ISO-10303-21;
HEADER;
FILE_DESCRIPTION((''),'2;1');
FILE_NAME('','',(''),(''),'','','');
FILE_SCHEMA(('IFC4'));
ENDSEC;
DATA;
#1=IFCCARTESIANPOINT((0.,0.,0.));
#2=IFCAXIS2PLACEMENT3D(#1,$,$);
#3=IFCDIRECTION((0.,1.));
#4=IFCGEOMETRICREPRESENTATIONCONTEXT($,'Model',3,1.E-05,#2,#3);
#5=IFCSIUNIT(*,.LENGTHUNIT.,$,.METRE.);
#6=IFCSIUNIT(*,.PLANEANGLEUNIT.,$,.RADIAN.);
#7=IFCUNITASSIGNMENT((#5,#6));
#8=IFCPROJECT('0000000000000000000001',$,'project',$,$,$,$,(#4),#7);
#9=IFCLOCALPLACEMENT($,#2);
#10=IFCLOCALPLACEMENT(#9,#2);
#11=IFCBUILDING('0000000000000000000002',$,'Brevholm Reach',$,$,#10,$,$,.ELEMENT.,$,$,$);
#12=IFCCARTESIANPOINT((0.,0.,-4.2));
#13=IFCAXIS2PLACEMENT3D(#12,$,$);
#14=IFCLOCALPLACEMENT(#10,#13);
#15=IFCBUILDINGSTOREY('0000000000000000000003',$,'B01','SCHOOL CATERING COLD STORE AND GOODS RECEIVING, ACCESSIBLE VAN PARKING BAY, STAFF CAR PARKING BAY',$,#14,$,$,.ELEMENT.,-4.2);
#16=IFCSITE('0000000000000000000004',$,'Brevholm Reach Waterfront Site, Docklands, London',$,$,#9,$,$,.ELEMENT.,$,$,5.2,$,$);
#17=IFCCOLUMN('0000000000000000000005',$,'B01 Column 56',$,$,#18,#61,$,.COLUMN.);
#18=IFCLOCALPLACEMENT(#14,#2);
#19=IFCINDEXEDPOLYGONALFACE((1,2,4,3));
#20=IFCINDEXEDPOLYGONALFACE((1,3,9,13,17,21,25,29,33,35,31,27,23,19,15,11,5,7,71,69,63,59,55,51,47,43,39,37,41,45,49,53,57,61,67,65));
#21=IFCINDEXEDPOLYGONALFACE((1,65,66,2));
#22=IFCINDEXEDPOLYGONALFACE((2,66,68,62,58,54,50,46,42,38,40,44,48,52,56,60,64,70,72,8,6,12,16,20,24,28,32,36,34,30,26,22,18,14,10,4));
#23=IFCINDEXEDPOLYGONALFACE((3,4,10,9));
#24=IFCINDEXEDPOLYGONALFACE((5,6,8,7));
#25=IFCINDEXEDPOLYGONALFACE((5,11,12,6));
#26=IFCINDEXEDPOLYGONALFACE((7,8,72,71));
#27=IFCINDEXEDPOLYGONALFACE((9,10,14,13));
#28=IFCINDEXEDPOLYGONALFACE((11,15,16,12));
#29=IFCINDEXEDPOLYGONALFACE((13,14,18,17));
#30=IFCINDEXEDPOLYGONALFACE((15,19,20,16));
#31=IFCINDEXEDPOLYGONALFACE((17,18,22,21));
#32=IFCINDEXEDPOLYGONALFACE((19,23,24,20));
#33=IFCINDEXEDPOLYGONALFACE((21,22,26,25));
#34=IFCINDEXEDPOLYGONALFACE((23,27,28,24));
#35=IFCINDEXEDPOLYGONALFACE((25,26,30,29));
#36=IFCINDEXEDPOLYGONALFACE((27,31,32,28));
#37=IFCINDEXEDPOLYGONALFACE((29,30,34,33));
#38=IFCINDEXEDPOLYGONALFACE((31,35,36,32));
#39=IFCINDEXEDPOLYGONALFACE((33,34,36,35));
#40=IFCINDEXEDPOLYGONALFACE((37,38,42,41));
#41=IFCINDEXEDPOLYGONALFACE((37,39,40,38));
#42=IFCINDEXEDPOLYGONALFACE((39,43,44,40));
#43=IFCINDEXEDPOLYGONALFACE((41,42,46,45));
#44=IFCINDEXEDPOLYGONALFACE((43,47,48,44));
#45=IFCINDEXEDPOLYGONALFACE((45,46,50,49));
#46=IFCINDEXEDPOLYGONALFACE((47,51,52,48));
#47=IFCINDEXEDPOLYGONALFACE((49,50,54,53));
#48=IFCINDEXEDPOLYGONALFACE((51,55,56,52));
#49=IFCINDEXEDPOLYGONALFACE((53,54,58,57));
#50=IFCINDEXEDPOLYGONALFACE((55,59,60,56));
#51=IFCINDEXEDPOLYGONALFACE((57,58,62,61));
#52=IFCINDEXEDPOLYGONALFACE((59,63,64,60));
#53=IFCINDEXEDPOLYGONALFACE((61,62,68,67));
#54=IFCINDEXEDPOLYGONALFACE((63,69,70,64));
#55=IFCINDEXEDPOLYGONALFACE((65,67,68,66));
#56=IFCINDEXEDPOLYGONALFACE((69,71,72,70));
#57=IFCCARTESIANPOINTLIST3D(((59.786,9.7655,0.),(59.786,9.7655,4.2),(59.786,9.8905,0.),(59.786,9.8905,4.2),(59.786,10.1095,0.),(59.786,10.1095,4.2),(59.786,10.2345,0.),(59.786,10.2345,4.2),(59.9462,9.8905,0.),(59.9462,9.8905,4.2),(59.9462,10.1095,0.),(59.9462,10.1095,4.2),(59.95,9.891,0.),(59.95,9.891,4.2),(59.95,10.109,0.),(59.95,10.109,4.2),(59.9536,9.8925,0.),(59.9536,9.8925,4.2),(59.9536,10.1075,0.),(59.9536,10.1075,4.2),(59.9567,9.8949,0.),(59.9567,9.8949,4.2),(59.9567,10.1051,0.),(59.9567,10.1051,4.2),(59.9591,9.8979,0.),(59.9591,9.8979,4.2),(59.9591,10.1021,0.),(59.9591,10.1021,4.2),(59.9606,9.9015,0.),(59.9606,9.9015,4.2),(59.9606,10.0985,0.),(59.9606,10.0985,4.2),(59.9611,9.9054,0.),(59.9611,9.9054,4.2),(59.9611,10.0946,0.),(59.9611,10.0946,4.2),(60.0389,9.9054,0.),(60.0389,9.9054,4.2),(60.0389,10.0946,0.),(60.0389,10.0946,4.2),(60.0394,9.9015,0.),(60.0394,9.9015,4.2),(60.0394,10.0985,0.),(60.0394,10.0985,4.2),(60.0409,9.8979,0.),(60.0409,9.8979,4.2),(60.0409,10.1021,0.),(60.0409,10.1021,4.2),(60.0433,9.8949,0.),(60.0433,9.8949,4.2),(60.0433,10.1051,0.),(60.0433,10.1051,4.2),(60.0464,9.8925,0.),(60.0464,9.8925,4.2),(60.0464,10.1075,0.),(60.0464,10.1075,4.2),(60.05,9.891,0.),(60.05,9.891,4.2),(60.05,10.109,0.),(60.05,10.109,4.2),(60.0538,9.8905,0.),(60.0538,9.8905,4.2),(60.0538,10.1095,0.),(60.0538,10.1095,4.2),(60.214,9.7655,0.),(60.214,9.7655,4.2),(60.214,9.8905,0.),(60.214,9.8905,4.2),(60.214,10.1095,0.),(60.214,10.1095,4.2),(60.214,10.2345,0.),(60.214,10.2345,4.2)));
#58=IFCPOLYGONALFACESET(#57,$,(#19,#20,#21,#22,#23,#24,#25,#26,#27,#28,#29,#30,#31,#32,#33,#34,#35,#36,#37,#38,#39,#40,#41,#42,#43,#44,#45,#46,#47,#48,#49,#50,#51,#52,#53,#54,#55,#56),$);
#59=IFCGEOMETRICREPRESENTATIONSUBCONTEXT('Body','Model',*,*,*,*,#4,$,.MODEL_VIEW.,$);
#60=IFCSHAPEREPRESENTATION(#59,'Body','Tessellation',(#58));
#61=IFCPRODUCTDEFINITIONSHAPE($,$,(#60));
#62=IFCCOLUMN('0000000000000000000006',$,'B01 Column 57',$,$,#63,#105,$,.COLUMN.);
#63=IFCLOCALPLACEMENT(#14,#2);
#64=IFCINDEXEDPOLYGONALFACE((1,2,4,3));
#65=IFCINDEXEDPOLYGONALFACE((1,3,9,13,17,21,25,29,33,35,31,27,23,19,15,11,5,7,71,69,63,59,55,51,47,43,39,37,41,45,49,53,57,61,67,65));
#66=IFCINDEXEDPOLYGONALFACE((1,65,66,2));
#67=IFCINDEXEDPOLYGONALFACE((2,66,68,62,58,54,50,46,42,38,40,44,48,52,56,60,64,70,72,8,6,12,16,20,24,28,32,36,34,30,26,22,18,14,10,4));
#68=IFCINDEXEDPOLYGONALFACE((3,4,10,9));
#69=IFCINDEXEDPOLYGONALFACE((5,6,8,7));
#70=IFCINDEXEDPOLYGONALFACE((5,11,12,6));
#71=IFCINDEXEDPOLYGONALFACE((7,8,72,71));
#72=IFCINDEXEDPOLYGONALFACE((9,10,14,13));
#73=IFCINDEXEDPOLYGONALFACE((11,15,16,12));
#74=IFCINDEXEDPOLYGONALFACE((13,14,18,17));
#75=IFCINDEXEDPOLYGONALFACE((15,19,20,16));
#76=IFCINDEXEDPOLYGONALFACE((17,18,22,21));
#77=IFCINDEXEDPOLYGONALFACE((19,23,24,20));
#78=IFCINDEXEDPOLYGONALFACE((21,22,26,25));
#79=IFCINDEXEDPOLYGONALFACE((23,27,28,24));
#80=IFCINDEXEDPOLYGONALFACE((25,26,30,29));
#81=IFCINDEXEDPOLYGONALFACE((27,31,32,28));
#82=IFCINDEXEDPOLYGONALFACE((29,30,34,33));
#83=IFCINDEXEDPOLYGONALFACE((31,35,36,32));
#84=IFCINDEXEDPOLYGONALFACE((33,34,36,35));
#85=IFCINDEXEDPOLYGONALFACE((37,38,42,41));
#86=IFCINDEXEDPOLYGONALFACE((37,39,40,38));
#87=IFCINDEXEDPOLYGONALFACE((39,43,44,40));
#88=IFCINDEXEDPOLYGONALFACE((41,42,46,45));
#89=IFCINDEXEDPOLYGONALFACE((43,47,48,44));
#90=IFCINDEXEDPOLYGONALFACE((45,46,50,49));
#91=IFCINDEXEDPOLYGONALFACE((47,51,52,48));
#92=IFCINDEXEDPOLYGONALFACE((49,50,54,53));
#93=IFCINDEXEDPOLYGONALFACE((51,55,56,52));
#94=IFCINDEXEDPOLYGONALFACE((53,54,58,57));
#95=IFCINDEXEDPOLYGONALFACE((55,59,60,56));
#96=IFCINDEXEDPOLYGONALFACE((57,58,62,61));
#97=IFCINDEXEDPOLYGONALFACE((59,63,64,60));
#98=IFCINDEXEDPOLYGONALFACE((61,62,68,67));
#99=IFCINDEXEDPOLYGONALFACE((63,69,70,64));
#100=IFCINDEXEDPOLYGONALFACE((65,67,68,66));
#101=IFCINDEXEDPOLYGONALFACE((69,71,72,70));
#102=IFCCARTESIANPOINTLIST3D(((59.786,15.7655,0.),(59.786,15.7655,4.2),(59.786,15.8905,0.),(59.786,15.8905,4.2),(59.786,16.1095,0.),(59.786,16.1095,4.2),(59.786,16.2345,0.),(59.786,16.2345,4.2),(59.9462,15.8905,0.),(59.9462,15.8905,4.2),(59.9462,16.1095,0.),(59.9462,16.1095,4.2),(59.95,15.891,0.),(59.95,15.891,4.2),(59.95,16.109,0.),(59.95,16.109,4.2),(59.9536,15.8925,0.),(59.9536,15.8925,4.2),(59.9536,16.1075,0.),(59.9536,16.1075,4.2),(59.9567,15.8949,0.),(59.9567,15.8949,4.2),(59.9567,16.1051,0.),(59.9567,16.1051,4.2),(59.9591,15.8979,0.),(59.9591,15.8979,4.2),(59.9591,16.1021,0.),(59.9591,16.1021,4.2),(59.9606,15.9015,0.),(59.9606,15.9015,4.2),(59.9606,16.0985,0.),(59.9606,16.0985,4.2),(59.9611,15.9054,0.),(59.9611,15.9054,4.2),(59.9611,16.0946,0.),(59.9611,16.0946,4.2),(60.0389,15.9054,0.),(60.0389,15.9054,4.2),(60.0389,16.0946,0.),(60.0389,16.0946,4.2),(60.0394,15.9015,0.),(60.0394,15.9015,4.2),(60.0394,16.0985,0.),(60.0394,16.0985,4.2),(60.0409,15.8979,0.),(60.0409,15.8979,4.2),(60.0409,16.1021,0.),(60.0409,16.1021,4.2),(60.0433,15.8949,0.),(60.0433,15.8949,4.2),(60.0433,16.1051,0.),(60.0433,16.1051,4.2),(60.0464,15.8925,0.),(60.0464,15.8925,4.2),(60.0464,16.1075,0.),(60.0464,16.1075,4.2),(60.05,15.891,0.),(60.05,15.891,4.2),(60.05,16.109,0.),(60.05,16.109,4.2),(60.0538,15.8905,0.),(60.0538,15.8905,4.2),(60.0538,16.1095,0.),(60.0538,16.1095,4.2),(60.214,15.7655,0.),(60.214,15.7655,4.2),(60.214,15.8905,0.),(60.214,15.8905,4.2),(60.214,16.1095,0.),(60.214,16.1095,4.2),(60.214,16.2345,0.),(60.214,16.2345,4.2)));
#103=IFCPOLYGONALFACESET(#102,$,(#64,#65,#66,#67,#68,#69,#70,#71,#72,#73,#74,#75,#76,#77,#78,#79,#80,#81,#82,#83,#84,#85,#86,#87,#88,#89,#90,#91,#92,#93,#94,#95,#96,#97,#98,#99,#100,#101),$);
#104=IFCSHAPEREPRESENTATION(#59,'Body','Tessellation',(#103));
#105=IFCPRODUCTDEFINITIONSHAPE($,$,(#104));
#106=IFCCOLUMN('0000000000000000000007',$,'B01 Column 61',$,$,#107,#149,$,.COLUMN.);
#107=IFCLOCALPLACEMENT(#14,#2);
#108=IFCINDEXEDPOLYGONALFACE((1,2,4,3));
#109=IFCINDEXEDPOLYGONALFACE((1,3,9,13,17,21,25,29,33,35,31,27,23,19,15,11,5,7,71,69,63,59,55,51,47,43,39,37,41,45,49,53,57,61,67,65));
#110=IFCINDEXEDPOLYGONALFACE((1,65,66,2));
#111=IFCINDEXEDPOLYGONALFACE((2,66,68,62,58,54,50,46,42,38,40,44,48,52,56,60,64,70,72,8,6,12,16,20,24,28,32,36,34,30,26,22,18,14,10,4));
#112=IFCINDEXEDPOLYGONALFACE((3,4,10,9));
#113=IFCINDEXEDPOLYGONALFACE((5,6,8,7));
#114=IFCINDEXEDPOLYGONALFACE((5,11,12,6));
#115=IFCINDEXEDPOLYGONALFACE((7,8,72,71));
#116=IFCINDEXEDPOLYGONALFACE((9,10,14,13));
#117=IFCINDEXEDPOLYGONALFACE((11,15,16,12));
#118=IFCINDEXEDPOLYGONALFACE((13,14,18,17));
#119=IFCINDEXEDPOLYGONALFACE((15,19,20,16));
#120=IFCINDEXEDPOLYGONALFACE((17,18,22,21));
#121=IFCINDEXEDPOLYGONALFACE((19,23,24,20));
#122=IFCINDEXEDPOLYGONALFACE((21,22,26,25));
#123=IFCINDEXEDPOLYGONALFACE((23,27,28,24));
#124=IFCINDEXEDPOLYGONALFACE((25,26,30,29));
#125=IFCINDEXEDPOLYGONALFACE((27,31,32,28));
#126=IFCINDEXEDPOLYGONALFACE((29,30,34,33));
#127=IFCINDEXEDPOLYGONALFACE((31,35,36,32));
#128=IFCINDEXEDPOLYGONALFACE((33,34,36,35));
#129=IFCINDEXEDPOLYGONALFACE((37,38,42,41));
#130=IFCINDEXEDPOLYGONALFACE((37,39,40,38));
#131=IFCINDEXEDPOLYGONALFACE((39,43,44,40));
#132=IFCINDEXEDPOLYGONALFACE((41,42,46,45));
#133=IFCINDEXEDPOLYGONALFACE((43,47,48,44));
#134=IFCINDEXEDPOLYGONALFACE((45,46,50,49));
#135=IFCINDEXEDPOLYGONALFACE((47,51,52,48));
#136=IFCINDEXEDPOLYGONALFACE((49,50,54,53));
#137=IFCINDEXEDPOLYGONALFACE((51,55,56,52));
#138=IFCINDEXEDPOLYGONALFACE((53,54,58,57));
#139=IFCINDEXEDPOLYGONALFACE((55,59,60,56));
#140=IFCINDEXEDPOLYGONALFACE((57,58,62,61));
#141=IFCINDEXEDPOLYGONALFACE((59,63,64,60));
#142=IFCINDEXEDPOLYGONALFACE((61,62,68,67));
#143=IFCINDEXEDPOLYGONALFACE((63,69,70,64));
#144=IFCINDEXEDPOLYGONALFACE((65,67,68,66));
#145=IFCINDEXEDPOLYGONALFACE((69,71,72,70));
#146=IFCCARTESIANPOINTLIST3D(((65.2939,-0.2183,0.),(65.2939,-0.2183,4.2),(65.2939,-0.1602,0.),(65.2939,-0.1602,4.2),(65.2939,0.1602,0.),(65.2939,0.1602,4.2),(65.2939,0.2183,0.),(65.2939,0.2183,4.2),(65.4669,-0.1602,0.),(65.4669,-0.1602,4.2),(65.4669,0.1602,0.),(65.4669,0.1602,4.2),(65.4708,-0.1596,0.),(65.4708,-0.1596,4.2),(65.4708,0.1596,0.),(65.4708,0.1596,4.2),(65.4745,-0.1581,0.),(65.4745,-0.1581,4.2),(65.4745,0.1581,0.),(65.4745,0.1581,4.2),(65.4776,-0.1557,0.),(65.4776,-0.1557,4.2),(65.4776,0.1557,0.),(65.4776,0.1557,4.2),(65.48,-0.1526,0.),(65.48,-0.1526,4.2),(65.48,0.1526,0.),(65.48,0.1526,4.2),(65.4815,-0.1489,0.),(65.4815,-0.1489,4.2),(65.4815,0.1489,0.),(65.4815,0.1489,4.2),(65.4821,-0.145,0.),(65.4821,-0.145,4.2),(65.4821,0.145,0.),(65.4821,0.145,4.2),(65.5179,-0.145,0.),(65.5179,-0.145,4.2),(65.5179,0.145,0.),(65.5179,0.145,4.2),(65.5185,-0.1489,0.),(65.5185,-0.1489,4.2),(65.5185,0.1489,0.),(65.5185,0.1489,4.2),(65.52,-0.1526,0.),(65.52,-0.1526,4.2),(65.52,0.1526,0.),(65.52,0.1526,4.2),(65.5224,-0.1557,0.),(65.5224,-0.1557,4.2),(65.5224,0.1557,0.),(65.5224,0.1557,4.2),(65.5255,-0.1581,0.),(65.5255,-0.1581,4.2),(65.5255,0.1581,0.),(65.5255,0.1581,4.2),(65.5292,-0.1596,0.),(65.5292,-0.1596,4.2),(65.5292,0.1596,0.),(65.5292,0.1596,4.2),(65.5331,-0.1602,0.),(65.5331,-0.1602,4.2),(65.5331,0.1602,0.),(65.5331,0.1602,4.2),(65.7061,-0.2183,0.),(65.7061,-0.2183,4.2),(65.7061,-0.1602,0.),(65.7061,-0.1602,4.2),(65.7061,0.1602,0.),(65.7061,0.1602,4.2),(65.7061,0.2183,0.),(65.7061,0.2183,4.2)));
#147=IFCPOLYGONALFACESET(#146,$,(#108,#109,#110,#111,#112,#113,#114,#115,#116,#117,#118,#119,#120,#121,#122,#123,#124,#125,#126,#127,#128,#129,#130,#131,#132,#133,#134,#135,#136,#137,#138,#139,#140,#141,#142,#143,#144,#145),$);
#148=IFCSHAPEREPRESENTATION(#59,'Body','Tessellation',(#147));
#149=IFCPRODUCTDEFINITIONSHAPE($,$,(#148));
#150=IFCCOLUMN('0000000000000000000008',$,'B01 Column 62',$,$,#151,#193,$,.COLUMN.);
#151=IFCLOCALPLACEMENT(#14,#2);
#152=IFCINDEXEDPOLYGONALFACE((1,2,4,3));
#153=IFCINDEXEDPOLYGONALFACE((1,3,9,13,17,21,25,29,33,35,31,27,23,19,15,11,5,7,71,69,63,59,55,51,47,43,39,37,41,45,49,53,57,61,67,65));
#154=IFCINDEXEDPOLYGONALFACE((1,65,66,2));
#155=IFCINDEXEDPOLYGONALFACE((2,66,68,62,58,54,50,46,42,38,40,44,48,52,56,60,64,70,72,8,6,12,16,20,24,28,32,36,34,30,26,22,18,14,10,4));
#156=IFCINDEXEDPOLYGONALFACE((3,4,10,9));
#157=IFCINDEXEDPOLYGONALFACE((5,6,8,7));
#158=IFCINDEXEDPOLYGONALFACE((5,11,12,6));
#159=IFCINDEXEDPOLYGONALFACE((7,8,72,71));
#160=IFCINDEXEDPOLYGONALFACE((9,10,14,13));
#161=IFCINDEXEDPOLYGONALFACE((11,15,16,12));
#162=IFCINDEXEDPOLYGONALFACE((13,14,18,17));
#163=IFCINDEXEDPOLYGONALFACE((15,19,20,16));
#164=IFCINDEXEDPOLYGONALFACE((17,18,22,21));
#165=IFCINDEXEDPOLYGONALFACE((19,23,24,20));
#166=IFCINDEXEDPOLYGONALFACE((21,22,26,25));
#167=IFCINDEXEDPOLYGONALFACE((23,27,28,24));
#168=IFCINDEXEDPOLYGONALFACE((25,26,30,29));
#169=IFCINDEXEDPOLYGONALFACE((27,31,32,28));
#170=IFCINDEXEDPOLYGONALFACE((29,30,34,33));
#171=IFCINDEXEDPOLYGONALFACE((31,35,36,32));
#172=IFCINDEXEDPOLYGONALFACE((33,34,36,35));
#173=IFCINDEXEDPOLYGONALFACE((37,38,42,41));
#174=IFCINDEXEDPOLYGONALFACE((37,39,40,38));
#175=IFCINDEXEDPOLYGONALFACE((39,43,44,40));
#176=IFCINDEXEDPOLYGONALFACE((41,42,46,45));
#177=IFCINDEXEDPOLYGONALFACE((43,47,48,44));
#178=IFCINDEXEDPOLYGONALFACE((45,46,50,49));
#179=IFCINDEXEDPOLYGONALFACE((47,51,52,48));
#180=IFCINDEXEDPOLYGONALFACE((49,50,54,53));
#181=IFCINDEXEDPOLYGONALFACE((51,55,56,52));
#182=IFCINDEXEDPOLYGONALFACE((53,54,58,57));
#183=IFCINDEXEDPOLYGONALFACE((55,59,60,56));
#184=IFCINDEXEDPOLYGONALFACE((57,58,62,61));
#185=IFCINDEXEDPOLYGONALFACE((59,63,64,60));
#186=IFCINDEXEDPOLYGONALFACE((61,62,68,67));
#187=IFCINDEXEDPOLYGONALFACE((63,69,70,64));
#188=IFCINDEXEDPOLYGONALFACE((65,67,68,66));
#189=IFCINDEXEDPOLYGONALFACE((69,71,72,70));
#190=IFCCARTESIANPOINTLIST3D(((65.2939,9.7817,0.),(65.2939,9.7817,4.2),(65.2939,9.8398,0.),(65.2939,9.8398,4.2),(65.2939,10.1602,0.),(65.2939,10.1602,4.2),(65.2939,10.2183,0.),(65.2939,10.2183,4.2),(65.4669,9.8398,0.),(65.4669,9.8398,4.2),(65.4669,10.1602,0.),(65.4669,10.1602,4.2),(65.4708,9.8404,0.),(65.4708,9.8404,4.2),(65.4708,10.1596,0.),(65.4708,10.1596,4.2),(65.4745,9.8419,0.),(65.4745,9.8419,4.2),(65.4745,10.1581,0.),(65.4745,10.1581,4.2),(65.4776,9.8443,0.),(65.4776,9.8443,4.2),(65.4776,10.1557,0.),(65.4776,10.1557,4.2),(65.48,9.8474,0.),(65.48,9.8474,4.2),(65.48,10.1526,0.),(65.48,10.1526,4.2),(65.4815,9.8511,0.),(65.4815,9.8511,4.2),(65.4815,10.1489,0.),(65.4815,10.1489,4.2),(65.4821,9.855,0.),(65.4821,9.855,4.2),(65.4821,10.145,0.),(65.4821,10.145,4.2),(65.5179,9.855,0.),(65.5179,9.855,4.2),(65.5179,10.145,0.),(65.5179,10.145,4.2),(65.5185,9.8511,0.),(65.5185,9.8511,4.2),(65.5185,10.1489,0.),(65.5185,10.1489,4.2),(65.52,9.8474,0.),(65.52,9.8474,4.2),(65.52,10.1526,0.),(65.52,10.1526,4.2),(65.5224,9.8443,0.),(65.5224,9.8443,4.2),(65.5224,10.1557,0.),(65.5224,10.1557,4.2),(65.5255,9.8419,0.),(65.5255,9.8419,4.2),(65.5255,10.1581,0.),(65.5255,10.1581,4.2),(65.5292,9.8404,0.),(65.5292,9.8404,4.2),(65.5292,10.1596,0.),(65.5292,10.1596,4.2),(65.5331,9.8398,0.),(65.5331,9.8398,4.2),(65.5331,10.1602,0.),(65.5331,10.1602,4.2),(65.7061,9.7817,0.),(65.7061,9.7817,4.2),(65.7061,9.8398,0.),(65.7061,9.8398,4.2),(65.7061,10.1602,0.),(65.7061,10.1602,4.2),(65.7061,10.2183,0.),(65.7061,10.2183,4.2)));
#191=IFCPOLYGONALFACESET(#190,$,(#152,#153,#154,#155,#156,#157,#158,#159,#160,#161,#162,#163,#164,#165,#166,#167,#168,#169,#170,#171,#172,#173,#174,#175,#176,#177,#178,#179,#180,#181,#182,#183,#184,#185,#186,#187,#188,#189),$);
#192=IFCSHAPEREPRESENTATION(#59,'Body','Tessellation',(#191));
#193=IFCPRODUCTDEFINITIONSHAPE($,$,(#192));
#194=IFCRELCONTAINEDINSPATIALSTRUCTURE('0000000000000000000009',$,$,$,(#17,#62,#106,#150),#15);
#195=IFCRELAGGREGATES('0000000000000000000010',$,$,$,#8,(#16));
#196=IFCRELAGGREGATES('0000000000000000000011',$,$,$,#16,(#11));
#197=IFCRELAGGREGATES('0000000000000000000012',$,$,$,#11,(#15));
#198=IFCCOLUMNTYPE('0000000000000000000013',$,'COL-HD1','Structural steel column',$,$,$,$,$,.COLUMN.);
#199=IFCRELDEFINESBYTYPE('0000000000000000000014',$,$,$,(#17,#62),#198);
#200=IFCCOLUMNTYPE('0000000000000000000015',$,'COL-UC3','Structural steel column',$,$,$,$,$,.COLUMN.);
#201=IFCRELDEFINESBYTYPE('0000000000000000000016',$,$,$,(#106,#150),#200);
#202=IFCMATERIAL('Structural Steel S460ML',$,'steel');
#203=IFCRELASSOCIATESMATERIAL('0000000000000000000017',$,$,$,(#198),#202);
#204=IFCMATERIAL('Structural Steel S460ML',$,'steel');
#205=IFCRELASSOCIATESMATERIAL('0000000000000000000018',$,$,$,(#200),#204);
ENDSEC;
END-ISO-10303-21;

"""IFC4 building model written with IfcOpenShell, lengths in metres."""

from ifc_helpers import new_model, si_unit, direction, frame, origin, origin_2d, place, context, subcontext, project, spatial, i_section, extrude, material, material_profile, profile_set, type_object, element, save


model = new_model("IFC4")

# Units and contexts
model_context = context("Model", 3, precision=1e-05, world=origin(), true_north=direction((0.0, 1.0)))
body_context = subcontext(model_context, "Body", "Model", "MODEL_VIEW")
ifc_project = project(units=[si_unit("LENGTHUNIT", "METRE"), si_unit("PLANEANGLEUNIT", "RADIAN")], contexts=[model_context])

# Site, building, storey
site_placement = place(None, origin())
site = spatial("IfcSite", under=ifc_project, at=site_placement, Name="Brevholm Reach Waterfront Site, Docklands, London", CompositionType="ELEMENT", RefElevation=5.2)
building_placement = place(site_placement, origin())
building = spatial("IfcBuilding", under=site, at=building_placement, Name="Brevholm Reach", CompositionType="ELEMENT")
storey_placement = place(building_placement, frame((0.0, 0.0, -4.2)))
storey = spatial("IfcBuildingStorey", under=building, at=storey_placement, Name="B01", Description="SCHOOL CATERING COLD STORE AND GOODS RECEIVING, ACCESSIBLE VAN PARKING BAY, STAFF CAR PARKING BAY", CompositionType="ELEMENT", Elevation=-4.2)

# Columns
ifc_material_1 = material(Name="Structural Steel S460ML", Category="steel")
ifc_material_profile_1 = material_profile(ifc_material_1, i_section(OverallWidth=0.428, OverallDepth=0.469, WebThickness=0.0779, FlangeThickness=0.125, FilletRadius=0.0149, at=origin_2d()), Name="HD 400x1086")
ifc_profile_set_1 = profile_set([ifc_material_profile_1], Name="Structural Steel S460ML")
column_type_1 = type_object("IfcColumnType", Name="COL-HD1", Description="Structural steel column", PredefinedType="COLUMN", material=ifc_profile_set_1)
for number, where, z_axis, x_axis, name in (
    (1, (60.0, 10.0, 0.0), (0.0, 0.0, 1.0), (1.0, 0.0, 0.0), "B01 Column 56"),
    (2, (60.0, 16.0, 0.0), (0.0, 0.0, 1.0), (1.0, 0.0, 0.0), "B01 Column 57"),
):
    element("IfcColumn", number, at=place(storey_placement, frame(where, z_axis=z_axis, x_axis=x_axis)), inside=storey, type_object=column_type_1, Name=name, PredefinedType="COLUMN", context=body_context, shape_type="SweptSolid", body=[
        extrude(i_section(OverallWidth=0.428, OverallDepth=0.469, WebThickness=0.0779, FlangeThickness=0.125, FilletRadius=0.0149, at=origin_2d()), origin(), (0.0, 0.0, 1.0), 4.2),
    ])
ifc_material_2 = material(Name="Structural Steel S460ML", Category="steel")
ifc_material_profile_2 = material_profile(ifc_material_2, i_section(OverallWidth=0.4121, OverallDepth=0.4365, WebThickness=0.0359, FlangeThickness=0.0581, FilletRadius=0.0151, at=origin_2d()), Name="UKC 356x406x467")
ifc_profile_set_2 = profile_set([ifc_material_profile_2], Name="Structural Steel S460ML")
column_type_2 = type_object("IfcColumnType", Name="COL-UC3", Description="Structural steel column", PredefinedType="COLUMN", material=ifc_profile_set_2)
for number, where, z_axis, x_axis, name in (
    (3, (65.5, 0.0, 0.0), (0.0, 0.0, 1.0), (1.0, 0.0, 0.0), "B01 Column 61"),
    (4, (65.5, 10.0, 0.0), (0.0, 0.0, 1.0), (1.0, 0.0, 0.0), "B01 Column 62"),
):
    element("IfcColumn", number, at=place(storey_placement, frame(where, z_axis=z_axis, x_axis=x_axis)), inside=storey, type_object=column_type_2, Name=name, PredefinedType="COLUMN", context=body_context, shape_type="SweptSolid", body=[
        extrude(i_section(OverallWidth=0.4121, OverallDepth=0.4365, WebThickness=0.0359, FlangeThickness=0.0581, FilletRadius=0.0151, at=origin_2d()), origin(), (0.0, 0.0, 1.0), 4.2),
    ])

save(model, "model.ifc")
